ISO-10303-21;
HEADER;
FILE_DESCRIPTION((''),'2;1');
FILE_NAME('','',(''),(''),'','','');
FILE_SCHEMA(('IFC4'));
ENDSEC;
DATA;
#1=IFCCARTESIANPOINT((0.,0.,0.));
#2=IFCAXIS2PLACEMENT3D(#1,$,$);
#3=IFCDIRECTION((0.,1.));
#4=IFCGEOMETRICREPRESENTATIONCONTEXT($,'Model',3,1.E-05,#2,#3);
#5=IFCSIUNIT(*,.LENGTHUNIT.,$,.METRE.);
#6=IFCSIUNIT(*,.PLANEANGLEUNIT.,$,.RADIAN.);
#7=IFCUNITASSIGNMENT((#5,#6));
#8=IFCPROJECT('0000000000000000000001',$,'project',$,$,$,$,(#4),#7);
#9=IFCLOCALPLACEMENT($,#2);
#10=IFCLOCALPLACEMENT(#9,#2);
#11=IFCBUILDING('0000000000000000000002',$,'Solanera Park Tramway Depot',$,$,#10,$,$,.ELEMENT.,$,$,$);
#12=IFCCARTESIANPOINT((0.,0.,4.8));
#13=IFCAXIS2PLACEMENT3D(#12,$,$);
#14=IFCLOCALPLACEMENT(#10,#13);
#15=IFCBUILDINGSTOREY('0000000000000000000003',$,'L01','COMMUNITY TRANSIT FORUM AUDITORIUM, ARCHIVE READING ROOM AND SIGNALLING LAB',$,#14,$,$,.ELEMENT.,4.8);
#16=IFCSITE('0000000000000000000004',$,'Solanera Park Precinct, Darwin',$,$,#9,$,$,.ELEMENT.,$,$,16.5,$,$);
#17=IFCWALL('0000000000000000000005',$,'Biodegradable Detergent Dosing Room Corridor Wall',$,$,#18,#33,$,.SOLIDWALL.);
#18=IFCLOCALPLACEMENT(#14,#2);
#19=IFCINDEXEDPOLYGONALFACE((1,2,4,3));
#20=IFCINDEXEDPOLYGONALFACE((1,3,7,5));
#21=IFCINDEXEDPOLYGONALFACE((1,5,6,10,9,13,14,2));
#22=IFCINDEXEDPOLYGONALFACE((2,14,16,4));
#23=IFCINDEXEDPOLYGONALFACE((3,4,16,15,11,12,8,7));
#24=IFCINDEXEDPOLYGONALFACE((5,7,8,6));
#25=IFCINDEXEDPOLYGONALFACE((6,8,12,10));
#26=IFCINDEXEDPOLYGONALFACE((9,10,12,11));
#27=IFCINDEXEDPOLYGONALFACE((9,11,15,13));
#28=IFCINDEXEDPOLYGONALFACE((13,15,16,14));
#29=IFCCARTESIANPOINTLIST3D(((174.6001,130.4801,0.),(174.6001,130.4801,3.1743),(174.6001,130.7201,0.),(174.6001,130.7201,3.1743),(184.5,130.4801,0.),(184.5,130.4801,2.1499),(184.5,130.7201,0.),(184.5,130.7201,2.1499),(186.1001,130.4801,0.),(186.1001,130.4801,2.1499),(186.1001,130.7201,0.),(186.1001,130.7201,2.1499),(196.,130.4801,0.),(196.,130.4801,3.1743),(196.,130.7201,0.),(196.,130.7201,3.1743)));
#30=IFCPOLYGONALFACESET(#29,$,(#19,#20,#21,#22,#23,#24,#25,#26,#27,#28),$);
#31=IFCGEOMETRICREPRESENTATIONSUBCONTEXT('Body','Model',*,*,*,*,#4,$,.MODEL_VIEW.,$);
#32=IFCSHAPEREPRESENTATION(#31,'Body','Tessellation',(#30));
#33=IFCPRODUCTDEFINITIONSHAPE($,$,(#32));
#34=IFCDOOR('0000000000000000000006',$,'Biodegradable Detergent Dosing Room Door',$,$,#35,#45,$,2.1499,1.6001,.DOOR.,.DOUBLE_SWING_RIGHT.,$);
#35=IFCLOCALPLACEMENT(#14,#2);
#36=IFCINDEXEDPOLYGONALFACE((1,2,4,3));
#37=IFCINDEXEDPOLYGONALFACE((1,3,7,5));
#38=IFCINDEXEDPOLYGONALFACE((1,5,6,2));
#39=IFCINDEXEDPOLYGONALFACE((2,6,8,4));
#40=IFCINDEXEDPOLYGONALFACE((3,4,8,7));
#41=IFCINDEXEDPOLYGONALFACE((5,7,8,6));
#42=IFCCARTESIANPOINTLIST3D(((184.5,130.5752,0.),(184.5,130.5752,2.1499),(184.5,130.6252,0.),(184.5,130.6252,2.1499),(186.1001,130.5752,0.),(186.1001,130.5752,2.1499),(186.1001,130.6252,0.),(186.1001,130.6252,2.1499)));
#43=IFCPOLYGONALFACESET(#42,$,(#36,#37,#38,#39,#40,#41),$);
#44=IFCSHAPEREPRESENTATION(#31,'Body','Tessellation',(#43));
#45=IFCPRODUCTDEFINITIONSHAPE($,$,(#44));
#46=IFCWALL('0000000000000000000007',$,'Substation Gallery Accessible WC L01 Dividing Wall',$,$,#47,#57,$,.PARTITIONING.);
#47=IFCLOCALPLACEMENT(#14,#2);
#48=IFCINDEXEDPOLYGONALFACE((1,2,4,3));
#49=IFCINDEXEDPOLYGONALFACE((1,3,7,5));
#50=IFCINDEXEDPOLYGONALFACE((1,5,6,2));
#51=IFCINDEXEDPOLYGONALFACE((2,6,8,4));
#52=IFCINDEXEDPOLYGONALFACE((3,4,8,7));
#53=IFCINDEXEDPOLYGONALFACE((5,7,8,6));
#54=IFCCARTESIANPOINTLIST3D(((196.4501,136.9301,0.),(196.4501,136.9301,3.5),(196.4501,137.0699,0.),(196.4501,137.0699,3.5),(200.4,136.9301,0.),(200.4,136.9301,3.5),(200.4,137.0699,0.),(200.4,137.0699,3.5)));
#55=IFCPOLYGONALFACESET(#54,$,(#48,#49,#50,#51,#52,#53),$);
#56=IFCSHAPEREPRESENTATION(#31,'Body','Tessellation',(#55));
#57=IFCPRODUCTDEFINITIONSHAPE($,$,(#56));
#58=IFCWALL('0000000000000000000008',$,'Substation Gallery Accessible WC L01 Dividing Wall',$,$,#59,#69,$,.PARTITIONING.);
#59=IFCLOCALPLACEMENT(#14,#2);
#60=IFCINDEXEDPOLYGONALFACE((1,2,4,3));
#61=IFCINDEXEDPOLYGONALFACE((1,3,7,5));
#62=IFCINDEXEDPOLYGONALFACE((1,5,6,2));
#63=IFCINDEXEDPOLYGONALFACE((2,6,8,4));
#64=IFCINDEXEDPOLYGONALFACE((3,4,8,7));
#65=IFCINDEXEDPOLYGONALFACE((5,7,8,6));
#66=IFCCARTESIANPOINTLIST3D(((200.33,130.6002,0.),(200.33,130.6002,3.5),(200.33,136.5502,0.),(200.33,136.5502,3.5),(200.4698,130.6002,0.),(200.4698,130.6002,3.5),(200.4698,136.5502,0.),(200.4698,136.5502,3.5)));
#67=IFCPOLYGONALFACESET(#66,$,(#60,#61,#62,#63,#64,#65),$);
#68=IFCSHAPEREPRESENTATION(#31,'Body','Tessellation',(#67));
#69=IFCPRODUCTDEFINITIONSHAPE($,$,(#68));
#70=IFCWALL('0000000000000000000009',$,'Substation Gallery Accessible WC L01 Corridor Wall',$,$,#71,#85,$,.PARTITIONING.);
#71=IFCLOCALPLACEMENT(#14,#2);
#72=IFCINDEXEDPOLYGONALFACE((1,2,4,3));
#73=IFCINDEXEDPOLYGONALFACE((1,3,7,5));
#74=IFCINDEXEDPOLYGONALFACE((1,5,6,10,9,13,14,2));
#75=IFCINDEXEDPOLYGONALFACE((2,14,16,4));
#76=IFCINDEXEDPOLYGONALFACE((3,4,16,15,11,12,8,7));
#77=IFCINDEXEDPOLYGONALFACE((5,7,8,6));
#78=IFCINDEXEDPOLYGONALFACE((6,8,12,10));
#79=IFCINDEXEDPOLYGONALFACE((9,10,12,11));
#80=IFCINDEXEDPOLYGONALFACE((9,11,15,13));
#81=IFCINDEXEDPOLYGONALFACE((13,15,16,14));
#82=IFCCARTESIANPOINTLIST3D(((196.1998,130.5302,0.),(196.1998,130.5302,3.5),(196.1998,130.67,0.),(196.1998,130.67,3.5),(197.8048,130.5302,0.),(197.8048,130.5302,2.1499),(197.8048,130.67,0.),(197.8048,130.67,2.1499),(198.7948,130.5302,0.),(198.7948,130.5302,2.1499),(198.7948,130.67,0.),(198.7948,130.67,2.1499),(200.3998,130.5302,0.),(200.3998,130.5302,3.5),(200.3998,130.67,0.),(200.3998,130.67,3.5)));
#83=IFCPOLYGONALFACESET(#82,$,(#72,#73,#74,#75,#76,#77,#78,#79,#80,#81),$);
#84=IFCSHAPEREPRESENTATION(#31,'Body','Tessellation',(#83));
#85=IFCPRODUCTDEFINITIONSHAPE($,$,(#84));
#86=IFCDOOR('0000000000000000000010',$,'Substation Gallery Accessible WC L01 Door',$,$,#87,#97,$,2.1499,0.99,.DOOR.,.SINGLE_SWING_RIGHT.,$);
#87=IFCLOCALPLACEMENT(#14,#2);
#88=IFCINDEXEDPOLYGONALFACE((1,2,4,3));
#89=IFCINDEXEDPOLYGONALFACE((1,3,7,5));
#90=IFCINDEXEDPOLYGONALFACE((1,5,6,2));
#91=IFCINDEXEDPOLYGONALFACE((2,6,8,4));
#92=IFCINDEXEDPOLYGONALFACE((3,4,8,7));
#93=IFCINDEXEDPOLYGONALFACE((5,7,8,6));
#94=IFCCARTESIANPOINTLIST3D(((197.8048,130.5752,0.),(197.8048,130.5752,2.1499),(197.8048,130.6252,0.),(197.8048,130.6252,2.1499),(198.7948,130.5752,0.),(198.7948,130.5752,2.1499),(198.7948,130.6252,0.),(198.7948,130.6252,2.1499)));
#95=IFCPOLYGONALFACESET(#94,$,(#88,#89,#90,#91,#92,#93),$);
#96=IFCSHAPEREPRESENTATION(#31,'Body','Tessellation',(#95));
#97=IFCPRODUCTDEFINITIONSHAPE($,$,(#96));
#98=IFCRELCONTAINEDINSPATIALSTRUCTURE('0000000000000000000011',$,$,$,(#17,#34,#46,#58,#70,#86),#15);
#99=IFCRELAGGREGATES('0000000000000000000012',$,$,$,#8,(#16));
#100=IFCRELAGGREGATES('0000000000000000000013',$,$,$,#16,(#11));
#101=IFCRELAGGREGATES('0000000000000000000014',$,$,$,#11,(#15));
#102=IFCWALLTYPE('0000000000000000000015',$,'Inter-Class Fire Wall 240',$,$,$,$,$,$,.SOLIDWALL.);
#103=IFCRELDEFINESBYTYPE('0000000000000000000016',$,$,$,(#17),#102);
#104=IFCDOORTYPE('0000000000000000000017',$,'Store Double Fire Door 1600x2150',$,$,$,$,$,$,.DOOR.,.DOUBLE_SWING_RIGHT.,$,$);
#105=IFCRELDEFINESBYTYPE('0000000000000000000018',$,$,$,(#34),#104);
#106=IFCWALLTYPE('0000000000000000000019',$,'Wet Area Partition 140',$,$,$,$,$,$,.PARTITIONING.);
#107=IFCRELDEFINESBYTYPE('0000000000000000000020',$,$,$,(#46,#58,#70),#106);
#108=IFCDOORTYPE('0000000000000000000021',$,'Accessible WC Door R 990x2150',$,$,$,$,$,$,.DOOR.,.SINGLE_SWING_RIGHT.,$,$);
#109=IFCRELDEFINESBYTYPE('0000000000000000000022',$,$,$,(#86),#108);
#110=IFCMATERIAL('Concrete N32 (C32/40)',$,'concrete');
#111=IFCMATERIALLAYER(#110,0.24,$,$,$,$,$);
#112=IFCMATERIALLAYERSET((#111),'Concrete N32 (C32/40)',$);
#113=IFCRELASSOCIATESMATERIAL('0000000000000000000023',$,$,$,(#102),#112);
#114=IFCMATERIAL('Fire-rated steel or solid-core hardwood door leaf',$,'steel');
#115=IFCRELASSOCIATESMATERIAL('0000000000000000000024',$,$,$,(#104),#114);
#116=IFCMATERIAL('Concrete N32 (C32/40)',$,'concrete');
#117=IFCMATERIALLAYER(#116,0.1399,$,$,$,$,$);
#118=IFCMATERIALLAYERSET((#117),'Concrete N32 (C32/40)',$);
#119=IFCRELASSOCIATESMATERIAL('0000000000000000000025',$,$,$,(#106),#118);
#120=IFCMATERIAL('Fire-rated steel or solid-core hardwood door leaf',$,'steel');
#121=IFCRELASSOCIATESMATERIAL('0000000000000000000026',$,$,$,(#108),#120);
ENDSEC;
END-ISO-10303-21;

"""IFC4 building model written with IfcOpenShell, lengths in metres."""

from ifc_helpers import new_model, si_unit, direction, frame, frame_2d, origin, place, context, subcontext, project, spatial, rectangle, extrude, material, layer, layer_set, type_object, element, fill, save


model = new_model("IFC4")

# Units and contexts
model_context = context("Model", 3, precision=1e-05, world=origin(), true_north=direction((0.0, 1.0)))
body_context = subcontext(model_context, "Body", "Model", "MODEL_VIEW")
ifc_project = project(units=[si_unit("LENGTHUNIT", "METRE"), si_unit("PLANEANGLEUNIT", "RADIAN")], contexts=[model_context])

# Site, building, storey
site_placement = place(None, origin())
site = spatial("IfcSite", under=ifc_project, at=site_placement, Name="Solanera Park Precinct, Darwin", CompositionType="ELEMENT", RefElevation=16.5)
building_placement = place(site_placement, origin())
building = spatial("IfcBuilding", under=site, at=building_placement, Name="Solanera Park Tramway Depot", CompositionType="ELEMENT")
storey_placement = place(building_placement, frame((0.0, 0.0, 4.8)))
storey = spatial("IfcBuildingStorey", under=building, at=storey_placement, Name="L01", Description="COMMUNITY TRANSIT FORUM AUDITORIUM, ARCHIVE READING ROOM AND SIGNALLING LAB", CompositionType="ELEMENT", Elevation=4.8)

# Wall, opening, door
ifc_material_1 = material(Name="Concrete N32 (C32/40)", Category="concrete")
ifc_layer_1 = layer(ifc_material_1, 0.24)
ifc_layer_set_1 = layer_set([ifc_layer_1], Name="Concrete N32 (C32/40)")
wall_type_1 = type_object("IfcWallType", Name="Inter-Class Fire Wall 240", PredefinedType="SOLIDWALL", material=ifc_layer_set_1)
wall_1_placement = place(storey_placement, frame((196.0, 130.6001, 0.0), z_axis=(0.0, 0.0, 1.0), x_axis=(-1.0, 0.0, 0.0)))
wall_1 = element("IfcWall", 1, at=wall_1_placement, inside=storey, type_object=wall_type_1, Name="Biodegradable Detergent Dosing Room Corridor Wall", PredefinedType="SOLIDWALL", context=body_context, shape_type="SweptSolid", body=[
    extrude(rectangle(XDim=21.3999, YDim=0.24, at=frame_2d((10.7, 0.0))), origin(), (0.0, 0.0, 1.0), 3.1743),
])
opening_1_placement = place(wall_1_placement, frame((9.8999, 0.0, 0.0)))
opening_1 = element("IfcOpeningElement", 2, at=opening_1_placement, cuts=wall_1, PredefinedType="OPENING", context=body_context, shape_type="SweptSolid", body=[
    extrude(rectangle(XDim=1.6001, YDim=2.1499, at=frame_2d((0.8, 1.075))), frame((0.0, 0.1299, 0.0), z_axis=(0.0, -1.0, 0.0), x_axis=(1.0, 0.0, 0.0)), (0.0, 0.0, 1.0), 0.26),
])
ifc_material_2 = material(Name="Fire-rated steel or solid-core hardwood door leaf", Category="steel")
door_type_1 = type_object("IfcDoorType", Name="Store Double Fire Door 1600x2150", OperationType="DOUBLE_SWING_RIGHT", PredefinedType="DOOR", material=ifc_material_2)
door_1_placement = place(opening_1_placement, origin())
door_1 = element("IfcDoor", 3, at=door_1_placement, inside=storey, type_object=door_type_1, Name="Biodegradable Detergent Dosing Room Door", OperationType="DOUBLE_SWING_RIGHT", OverallHeight=2.1499, OverallWidth=1.6001, PredefinedType="DOOR", context=body_context, shape_type="SweptSolid", body=[
    extrude(rectangle(XDim=1.6001, YDim=2.1499, at=frame_2d((0.8, 1.075))), frame((0.0, 0.0249, 0.0), z_axis=(0.0, -1.0, 0.0), x_axis=(1.0, 0.0, 0.0)), (0.0, 0.0, 1.0), 0.05),
])
fill(opening_1, door_1)

# Walls
ifc_material_3 = material(Name="Concrete N32 (C32/40)", Category="concrete")
ifc_layer_2 = layer(ifc_material_3, 0.1399)
ifc_layer_set_2 = layer_set([ifc_layer_2], Name="Concrete N32 (C32/40)")
wall_type_2 = type_object("IfcWallType", Name="Wet Area Partition 140", PredefinedType="PARTITIONING", material=ifc_layer_set_2)
wall_2_placement = place(storey_placement, frame((196.45, 137.0, 0.0), z_axis=(0.0, 0.0, 1.0), x_axis=(1.0, 0.0, 0.0)))
element("IfcWall", 4, at=wall_2_placement, inside=storey, type_object=wall_type_2, Name="Substation Gallery Accessible WC L01 Dividing Wall", PredefinedType="PARTITIONING", context=body_context, shape_type="SweptSolid", body=[
    extrude(rectangle(XDim=3.95, YDim=0.1399, at=frame_2d((1.9751, 0.0))), origin(), (0.0, 0.0, 1.0), 3.5),
])
wall_3_placement = place(storey_placement, frame((200.3999, 130.6001, 0.0), z_axis=(0.0, 0.0, 1.0), x_axis=(0.0, 1.0, 0.0)))
element("IfcWall", 5, at=wall_3_placement, inside=storey, type_object=wall_type_2, Name="Substation Gallery Accessible WC L01 Dividing Wall", PredefinedType="PARTITIONING", context=body_context, shape_type="SweptSolid", body=[
    extrude(rectangle(XDim=5.95, YDim=0.1399, at=frame_2d((2.9751, 0.0))), origin(), (0.0, 0.0, 1.0), 3.5),
])

# Wall, opening, door
wall_4_placement = place(storey_placement, frame((200.3999, 130.6001, 0.0), z_axis=(0.0, 0.0, 1.0), x_axis=(-1.0, 0.0, 0.0)))
wall_4 = element("IfcWall", 6, at=wall_4_placement, inside=storey, type_object=wall_type_2, Name="Substation Gallery Accessible WC L01 Corridor Wall", PredefinedType="PARTITIONING", context=body_context, shape_type="SweptSolid", body=[
    extrude(rectangle(XDim=4.2, YDim=0.1399, at=frame_2d((2.1001, 0.0))), origin(), (0.0, 0.0, 1.0), 3.5),
])
opening_2_placement = place(wall_4_placement, frame((1.605, 0.0, 0.0)))
opening_2 = element("IfcOpeningElement", 7, at=opening_2_placement, cuts=wall_4, PredefinedType="OPENING", context=body_context, shape_type="SweptSolid", body=[
    extrude(rectangle(XDim=0.99, YDim=2.1499, at=frame_2d((0.4951, 1.075))), frame((0.0, 0.0801, 0.0), z_axis=(0.0, -1.0, 0.0), x_axis=(1.0, 0.0, 0.0)), (0.0, 0.0, 1.0), 0.1599),
])
ifc_material_4 = material(Name="Fire-rated steel or solid-core hardwood door leaf", Category="steel")
door_type_2 = type_object("IfcDoorType", Name="Accessible WC Door R 990x2150", OperationType="SINGLE_SWING_RIGHT", PredefinedType="DOOR", material=ifc_material_4)
door_2_placement = place(opening_2_placement, origin())
door_2 = element("IfcDoor", 8, at=door_2_placement, inside=storey, type_object=door_type_2, Name="Substation Gallery Accessible WC L01 Door", OperationType="SINGLE_SWING_RIGHT", OverallHeight=2.1499, OverallWidth=0.99, PredefinedType="DOOR", context=body_context, shape_type="SweptSolid", body=[
    extrude(rectangle(XDim=0.99, YDim=2.1499, at=frame_2d((0.4951, 1.075))), frame((0.0, 0.0249, 0.0), z_axis=(0.0, -1.0, 0.0), x_axis=(1.0, 0.0, 0.0)), (0.0, 0.0, 1.0), 0.05),
])
fill(opening_2, door_2)

save(model, "model.ifc")
